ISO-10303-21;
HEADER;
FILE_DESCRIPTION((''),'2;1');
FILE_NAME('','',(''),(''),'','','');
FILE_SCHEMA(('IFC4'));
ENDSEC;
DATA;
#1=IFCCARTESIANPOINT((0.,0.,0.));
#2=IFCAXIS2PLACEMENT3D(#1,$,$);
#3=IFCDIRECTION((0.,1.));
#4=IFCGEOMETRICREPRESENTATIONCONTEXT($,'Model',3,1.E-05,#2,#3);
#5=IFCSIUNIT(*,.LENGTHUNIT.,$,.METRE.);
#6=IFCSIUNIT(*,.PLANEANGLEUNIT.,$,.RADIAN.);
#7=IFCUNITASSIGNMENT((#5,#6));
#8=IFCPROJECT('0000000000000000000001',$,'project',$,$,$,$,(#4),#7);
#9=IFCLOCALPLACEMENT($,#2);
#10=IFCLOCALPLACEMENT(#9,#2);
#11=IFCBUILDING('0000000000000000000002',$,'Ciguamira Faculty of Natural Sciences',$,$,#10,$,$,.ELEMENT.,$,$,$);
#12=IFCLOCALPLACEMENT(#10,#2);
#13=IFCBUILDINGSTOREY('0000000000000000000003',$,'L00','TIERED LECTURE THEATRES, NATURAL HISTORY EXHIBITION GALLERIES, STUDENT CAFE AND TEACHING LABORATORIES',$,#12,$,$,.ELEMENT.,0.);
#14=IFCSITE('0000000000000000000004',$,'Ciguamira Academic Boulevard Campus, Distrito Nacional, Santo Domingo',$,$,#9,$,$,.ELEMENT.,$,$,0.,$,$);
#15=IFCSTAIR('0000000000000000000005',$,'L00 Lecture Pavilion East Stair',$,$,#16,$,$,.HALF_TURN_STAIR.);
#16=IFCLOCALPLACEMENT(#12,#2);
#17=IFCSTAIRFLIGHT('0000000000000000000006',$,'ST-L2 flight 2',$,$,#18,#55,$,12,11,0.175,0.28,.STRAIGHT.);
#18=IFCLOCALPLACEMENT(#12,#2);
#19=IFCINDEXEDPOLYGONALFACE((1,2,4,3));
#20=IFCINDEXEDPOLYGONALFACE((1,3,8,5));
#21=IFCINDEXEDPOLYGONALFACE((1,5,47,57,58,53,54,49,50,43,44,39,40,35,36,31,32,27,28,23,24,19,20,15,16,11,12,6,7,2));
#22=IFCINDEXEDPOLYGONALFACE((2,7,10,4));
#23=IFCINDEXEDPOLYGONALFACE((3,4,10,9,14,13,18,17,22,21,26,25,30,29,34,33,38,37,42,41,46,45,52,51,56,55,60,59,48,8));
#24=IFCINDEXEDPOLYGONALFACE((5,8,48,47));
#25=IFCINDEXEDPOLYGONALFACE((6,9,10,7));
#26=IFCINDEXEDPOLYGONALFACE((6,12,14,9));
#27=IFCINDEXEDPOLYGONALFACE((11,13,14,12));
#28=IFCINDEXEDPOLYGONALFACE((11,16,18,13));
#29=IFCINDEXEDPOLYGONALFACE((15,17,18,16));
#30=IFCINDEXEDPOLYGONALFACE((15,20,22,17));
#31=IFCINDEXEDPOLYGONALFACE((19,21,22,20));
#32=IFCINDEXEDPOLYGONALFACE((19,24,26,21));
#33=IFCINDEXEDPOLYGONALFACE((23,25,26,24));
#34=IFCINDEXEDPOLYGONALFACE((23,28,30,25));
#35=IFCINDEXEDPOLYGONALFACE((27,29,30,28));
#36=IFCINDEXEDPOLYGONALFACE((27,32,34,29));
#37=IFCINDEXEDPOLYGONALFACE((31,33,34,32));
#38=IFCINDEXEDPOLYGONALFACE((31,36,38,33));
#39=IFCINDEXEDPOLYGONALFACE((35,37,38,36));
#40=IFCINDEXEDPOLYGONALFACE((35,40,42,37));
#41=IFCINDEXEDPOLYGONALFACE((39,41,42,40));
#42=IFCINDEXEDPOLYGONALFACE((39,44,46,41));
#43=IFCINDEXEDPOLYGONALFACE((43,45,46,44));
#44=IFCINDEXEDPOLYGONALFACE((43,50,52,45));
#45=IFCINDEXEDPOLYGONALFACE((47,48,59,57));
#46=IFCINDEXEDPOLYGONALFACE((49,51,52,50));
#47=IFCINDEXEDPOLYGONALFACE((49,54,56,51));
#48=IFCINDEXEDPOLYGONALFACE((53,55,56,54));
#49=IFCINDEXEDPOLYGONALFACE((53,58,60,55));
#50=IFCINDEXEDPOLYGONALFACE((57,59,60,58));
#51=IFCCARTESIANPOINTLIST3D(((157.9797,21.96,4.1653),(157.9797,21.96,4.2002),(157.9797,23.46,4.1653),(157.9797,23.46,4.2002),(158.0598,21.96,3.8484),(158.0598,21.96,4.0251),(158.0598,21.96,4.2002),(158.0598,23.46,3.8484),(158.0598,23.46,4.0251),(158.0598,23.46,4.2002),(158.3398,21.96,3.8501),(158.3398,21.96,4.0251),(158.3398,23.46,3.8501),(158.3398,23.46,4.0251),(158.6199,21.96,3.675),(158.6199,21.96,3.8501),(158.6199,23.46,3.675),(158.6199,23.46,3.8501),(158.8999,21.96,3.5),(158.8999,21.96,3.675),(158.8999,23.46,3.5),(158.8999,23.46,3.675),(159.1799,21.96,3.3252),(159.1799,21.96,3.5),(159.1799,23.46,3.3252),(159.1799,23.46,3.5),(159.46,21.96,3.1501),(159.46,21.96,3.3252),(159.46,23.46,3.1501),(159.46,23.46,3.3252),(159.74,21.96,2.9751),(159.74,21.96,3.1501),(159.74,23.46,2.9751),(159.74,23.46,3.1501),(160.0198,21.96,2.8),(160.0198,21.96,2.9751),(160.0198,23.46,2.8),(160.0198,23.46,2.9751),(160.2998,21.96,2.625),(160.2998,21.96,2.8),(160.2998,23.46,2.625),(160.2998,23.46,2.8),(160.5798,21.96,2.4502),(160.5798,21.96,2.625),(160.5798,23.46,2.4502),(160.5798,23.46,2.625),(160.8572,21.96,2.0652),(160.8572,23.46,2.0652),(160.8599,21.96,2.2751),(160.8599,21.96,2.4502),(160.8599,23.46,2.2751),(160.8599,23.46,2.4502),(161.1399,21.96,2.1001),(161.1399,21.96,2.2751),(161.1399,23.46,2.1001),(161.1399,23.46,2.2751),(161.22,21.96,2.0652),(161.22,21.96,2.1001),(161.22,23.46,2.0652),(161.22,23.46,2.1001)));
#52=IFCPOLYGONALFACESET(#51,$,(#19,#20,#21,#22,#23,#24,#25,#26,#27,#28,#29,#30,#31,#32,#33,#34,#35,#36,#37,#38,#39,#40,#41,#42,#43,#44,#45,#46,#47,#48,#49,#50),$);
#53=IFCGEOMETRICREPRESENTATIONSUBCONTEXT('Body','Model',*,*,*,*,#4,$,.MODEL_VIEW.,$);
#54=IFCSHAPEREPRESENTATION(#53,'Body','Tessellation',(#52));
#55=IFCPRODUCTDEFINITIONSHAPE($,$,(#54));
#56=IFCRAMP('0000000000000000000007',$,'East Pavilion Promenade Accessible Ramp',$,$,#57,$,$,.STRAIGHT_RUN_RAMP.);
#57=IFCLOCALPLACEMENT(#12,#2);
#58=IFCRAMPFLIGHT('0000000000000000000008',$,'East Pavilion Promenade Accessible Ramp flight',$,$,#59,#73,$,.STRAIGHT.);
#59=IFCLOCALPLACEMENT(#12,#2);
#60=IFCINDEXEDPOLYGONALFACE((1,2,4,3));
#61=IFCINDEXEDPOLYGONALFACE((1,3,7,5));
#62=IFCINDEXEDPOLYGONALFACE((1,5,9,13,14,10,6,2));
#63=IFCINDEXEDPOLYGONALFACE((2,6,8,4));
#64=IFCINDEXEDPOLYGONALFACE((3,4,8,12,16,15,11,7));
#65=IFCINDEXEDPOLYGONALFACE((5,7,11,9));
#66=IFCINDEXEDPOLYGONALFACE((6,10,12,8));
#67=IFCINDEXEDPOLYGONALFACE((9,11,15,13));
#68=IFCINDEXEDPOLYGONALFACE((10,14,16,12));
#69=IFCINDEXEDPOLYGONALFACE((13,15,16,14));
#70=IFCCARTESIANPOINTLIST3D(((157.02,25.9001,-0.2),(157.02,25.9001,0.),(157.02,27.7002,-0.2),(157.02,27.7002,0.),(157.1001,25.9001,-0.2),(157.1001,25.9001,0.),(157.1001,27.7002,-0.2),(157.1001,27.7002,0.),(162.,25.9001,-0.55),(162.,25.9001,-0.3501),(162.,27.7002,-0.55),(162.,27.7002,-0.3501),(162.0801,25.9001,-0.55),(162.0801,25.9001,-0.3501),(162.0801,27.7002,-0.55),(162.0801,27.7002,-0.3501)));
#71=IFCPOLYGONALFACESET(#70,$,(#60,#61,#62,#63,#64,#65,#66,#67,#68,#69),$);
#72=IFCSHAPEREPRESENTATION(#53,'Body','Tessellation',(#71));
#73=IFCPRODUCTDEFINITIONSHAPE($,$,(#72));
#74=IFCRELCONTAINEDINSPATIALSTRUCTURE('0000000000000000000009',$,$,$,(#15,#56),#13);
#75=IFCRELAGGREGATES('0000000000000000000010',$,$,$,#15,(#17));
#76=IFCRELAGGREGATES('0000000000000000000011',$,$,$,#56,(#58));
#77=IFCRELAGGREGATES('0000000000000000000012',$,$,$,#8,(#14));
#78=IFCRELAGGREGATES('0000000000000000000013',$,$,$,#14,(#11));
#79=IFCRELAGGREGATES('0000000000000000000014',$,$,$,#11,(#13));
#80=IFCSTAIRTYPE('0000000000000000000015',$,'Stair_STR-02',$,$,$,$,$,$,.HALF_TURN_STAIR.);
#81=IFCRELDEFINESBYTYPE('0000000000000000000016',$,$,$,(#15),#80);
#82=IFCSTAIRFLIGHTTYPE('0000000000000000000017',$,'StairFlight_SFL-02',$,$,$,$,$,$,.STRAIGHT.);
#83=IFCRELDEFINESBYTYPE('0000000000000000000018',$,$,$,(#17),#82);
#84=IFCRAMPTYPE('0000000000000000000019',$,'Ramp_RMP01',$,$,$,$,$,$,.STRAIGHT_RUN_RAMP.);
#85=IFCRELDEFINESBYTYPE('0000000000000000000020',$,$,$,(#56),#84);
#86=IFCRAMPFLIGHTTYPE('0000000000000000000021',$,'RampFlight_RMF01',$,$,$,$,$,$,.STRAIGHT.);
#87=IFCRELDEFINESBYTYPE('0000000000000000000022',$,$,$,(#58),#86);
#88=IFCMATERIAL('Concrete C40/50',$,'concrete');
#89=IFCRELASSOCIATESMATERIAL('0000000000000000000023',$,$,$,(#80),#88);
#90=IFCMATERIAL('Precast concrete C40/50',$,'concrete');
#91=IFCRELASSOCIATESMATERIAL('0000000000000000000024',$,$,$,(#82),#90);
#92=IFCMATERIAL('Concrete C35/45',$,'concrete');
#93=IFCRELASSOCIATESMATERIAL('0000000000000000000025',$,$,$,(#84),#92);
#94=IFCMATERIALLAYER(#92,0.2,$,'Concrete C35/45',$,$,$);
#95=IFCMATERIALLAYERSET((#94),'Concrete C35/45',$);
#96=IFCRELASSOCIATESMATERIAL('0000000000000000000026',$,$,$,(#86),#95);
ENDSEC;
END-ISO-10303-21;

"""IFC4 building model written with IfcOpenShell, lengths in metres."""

from ifc_helpers import new_model, si_unit, direction, frame, origin, place, context, subcontext, project, spatial, polyline, outline, extrude, material, layer, layer_set, type_object, element, aggregate, save


model = new_model("IFC4")

# Units and contexts
model_context = context("Model", 3, precision=1e-05, world=origin(), true_north=direction((0.0, 1.0)))
body_context = subcontext(model_context, "Body", "Model", "MODEL_VIEW")
ifc_project = project(units=[si_unit("LENGTHUNIT", "METRE"), si_unit("PLANEANGLEUNIT", "RADIAN")], contexts=[model_context])

# Site, building, storey
site_placement = place(None, origin())
site = spatial("IfcSite", under=ifc_project, at=site_placement, Name="Ciguamira Academic Boulevard Campus, Distrito Nacional, Santo Domingo", CompositionType="ELEMENT", RefElevation=0.0)
building_placement = place(site_placement, origin())
building = spatial("IfcBuilding", under=site, at=building_placement, Name="Ciguamira Faculty of Natural Sciences", CompositionType="ELEMENT")
storey_placement = place(building_placement, origin())
storey = spatial("IfcBuildingStorey", under=building, at=storey_placement, Name="L00", Description="TIERED LECTURE THEATRES, NATURAL HISTORY EXHIBITION GALLERIES, STUDENT CAFE AND TEACHING LABORATORIES", CompositionType="ELEMENT", Elevation=0.0)

# Shared definitions
ifc_material_1 = material(Name="Concrete C40/50", Category="concrete")

# Shared definitions
ifc_material_2 = material(Name="Precast concrete C40/50", Category="concrete")

# Stair, stair flight
stair_type = type_object("IfcStairType", Name="Stair_STR-02", PredefinedType="HALF_TURN_STAIR", material=ifc_material_1)
stair_placement = place(storey_placement, origin())
stair = element("IfcStair", 1, at=stair_placement, inside=storey, type_object=stair_type, Name="L00 Lecture Pavilion East Stair", PredefinedType="HALF_TURN_STAIR")
stair_flight_type = type_object("IfcStairFlightType", Name="StairFlight_SFL-02", PredefinedType="STRAIGHT", material=ifc_material_2)
stair_flight_1_placement = place(storey_placement, frame((161.1399, 22.71, 2.1001), z_axis=(0.0, 0.0, 1.0), x_axis=(-1.0, 0.0, 0.0)))
stair_flight_1 = element("IfcStairFlight", 2, at=stair_flight_1_placement, type_object=stair_flight_type, Name="ST-L2 flight 2", NumberOfRisers=12, NumberOfTreads=11, PredefinedType="STRAIGHT", RiserHeight=0.175, TreadLength=0.28, context=body_context, shape_type="SweptSolid", body=[
    extrude(outline(polyline([(-0.0801, -0.0349), (-0.0801, 0.0), (0.0, 0.0), (0.0, 0.175), (0.28, 0.175), (0.28, 0.3501), (0.5601, 0.3501), (0.5601, 0.5249), (0.8401, 0.5249), (0.8401, 0.7), (1.1201, 0.7), (1.1201, 0.875), (1.3999, 0.875), (1.3999, 1.05), (1.6799, 1.05), (1.6799, 1.2251), (1.96, 1.2251), (1.96, 1.3999), (2.24, 1.3999), (2.24, 1.575), (2.52, 1.575), (2.52, 1.75), (2.8, 1.75), (2.8, 1.925), (3.0801, 1.925), (3.0801, 2.1001), (3.1602, 2.1001), (3.1602, 2.0652), (3.0801, 1.7483), (0.2827, -0.0349), (-0.0801, -0.0349)])), frame((0.0, 0.75, 0.0), z_axis=(0.0, -1.0, 0.0), x_axis=(1.0, 0.0, 0.0)), (0.0, 0.0, 1.0), 1.5),
])
aggregate(stair, [stair_flight_1])

# Ramp, ramp flight
ifc_material_3 = material(Name="Concrete C35/45", Category="concrete")
ramp_type = type_object("IfcRampType", Name="Ramp_RMP01", PredefinedType="STRAIGHT_RUN_RAMP", material=ifc_material_3)
ramp_placement = place(storey_placement, origin())
ramp = element("IfcRamp", 3, at=ramp_placement, inside=storey, type_object=ramp_type, Name="East Pavilion Promenade Accessible Ramp", PredefinedType="STRAIGHT_RUN_RAMP")
ifc_layer_1 = layer(ifc_material_3, 0.2, Name="Concrete C35/45")
ifc_layer_set_1 = layer_set([ifc_layer_1], Name="Concrete C35/45")
ramp_flight_type = type_object("IfcRampFlightType", Name="RampFlight_RMF01", PredefinedType="STRAIGHT", material=ifc_layer_set_1)
ramp_flight_placement = place(storey_placement, frame((162.0, 26.8, -0.3501), z_axis=(0.0, 0.0, 1.0), x_axis=(-1.0, 0.0, 0.0)))
ramp_flight = element("IfcRampFlight", 4, at=ramp_flight_placement, type_object=ramp_flight_type, Name="East Pavilion Promenade Accessible Ramp flight", PredefinedType="STRAIGHT", context=body_context, shape_type="SweptSolid", body=[
    extrude(outline(polyline([(-0.0801, -0.2), (-0.0801, 0.0), (0.0, 0.0), (4.8999, 0.3501), (4.98, 0.3501), (4.98, 0.1501), (4.8999, 0.1501), (0.0, -0.2), (-0.0801, -0.2)])), frame((0.0, 0.8999, 0.0), z_axis=(0.0, -1.0, 0.0), x_axis=(1.0, 0.0, 0.0)), (0.0, 0.0, 1.0), 1.8),
])
aggregate(ramp, [ramp_flight])

save(model, "model.ifc")
